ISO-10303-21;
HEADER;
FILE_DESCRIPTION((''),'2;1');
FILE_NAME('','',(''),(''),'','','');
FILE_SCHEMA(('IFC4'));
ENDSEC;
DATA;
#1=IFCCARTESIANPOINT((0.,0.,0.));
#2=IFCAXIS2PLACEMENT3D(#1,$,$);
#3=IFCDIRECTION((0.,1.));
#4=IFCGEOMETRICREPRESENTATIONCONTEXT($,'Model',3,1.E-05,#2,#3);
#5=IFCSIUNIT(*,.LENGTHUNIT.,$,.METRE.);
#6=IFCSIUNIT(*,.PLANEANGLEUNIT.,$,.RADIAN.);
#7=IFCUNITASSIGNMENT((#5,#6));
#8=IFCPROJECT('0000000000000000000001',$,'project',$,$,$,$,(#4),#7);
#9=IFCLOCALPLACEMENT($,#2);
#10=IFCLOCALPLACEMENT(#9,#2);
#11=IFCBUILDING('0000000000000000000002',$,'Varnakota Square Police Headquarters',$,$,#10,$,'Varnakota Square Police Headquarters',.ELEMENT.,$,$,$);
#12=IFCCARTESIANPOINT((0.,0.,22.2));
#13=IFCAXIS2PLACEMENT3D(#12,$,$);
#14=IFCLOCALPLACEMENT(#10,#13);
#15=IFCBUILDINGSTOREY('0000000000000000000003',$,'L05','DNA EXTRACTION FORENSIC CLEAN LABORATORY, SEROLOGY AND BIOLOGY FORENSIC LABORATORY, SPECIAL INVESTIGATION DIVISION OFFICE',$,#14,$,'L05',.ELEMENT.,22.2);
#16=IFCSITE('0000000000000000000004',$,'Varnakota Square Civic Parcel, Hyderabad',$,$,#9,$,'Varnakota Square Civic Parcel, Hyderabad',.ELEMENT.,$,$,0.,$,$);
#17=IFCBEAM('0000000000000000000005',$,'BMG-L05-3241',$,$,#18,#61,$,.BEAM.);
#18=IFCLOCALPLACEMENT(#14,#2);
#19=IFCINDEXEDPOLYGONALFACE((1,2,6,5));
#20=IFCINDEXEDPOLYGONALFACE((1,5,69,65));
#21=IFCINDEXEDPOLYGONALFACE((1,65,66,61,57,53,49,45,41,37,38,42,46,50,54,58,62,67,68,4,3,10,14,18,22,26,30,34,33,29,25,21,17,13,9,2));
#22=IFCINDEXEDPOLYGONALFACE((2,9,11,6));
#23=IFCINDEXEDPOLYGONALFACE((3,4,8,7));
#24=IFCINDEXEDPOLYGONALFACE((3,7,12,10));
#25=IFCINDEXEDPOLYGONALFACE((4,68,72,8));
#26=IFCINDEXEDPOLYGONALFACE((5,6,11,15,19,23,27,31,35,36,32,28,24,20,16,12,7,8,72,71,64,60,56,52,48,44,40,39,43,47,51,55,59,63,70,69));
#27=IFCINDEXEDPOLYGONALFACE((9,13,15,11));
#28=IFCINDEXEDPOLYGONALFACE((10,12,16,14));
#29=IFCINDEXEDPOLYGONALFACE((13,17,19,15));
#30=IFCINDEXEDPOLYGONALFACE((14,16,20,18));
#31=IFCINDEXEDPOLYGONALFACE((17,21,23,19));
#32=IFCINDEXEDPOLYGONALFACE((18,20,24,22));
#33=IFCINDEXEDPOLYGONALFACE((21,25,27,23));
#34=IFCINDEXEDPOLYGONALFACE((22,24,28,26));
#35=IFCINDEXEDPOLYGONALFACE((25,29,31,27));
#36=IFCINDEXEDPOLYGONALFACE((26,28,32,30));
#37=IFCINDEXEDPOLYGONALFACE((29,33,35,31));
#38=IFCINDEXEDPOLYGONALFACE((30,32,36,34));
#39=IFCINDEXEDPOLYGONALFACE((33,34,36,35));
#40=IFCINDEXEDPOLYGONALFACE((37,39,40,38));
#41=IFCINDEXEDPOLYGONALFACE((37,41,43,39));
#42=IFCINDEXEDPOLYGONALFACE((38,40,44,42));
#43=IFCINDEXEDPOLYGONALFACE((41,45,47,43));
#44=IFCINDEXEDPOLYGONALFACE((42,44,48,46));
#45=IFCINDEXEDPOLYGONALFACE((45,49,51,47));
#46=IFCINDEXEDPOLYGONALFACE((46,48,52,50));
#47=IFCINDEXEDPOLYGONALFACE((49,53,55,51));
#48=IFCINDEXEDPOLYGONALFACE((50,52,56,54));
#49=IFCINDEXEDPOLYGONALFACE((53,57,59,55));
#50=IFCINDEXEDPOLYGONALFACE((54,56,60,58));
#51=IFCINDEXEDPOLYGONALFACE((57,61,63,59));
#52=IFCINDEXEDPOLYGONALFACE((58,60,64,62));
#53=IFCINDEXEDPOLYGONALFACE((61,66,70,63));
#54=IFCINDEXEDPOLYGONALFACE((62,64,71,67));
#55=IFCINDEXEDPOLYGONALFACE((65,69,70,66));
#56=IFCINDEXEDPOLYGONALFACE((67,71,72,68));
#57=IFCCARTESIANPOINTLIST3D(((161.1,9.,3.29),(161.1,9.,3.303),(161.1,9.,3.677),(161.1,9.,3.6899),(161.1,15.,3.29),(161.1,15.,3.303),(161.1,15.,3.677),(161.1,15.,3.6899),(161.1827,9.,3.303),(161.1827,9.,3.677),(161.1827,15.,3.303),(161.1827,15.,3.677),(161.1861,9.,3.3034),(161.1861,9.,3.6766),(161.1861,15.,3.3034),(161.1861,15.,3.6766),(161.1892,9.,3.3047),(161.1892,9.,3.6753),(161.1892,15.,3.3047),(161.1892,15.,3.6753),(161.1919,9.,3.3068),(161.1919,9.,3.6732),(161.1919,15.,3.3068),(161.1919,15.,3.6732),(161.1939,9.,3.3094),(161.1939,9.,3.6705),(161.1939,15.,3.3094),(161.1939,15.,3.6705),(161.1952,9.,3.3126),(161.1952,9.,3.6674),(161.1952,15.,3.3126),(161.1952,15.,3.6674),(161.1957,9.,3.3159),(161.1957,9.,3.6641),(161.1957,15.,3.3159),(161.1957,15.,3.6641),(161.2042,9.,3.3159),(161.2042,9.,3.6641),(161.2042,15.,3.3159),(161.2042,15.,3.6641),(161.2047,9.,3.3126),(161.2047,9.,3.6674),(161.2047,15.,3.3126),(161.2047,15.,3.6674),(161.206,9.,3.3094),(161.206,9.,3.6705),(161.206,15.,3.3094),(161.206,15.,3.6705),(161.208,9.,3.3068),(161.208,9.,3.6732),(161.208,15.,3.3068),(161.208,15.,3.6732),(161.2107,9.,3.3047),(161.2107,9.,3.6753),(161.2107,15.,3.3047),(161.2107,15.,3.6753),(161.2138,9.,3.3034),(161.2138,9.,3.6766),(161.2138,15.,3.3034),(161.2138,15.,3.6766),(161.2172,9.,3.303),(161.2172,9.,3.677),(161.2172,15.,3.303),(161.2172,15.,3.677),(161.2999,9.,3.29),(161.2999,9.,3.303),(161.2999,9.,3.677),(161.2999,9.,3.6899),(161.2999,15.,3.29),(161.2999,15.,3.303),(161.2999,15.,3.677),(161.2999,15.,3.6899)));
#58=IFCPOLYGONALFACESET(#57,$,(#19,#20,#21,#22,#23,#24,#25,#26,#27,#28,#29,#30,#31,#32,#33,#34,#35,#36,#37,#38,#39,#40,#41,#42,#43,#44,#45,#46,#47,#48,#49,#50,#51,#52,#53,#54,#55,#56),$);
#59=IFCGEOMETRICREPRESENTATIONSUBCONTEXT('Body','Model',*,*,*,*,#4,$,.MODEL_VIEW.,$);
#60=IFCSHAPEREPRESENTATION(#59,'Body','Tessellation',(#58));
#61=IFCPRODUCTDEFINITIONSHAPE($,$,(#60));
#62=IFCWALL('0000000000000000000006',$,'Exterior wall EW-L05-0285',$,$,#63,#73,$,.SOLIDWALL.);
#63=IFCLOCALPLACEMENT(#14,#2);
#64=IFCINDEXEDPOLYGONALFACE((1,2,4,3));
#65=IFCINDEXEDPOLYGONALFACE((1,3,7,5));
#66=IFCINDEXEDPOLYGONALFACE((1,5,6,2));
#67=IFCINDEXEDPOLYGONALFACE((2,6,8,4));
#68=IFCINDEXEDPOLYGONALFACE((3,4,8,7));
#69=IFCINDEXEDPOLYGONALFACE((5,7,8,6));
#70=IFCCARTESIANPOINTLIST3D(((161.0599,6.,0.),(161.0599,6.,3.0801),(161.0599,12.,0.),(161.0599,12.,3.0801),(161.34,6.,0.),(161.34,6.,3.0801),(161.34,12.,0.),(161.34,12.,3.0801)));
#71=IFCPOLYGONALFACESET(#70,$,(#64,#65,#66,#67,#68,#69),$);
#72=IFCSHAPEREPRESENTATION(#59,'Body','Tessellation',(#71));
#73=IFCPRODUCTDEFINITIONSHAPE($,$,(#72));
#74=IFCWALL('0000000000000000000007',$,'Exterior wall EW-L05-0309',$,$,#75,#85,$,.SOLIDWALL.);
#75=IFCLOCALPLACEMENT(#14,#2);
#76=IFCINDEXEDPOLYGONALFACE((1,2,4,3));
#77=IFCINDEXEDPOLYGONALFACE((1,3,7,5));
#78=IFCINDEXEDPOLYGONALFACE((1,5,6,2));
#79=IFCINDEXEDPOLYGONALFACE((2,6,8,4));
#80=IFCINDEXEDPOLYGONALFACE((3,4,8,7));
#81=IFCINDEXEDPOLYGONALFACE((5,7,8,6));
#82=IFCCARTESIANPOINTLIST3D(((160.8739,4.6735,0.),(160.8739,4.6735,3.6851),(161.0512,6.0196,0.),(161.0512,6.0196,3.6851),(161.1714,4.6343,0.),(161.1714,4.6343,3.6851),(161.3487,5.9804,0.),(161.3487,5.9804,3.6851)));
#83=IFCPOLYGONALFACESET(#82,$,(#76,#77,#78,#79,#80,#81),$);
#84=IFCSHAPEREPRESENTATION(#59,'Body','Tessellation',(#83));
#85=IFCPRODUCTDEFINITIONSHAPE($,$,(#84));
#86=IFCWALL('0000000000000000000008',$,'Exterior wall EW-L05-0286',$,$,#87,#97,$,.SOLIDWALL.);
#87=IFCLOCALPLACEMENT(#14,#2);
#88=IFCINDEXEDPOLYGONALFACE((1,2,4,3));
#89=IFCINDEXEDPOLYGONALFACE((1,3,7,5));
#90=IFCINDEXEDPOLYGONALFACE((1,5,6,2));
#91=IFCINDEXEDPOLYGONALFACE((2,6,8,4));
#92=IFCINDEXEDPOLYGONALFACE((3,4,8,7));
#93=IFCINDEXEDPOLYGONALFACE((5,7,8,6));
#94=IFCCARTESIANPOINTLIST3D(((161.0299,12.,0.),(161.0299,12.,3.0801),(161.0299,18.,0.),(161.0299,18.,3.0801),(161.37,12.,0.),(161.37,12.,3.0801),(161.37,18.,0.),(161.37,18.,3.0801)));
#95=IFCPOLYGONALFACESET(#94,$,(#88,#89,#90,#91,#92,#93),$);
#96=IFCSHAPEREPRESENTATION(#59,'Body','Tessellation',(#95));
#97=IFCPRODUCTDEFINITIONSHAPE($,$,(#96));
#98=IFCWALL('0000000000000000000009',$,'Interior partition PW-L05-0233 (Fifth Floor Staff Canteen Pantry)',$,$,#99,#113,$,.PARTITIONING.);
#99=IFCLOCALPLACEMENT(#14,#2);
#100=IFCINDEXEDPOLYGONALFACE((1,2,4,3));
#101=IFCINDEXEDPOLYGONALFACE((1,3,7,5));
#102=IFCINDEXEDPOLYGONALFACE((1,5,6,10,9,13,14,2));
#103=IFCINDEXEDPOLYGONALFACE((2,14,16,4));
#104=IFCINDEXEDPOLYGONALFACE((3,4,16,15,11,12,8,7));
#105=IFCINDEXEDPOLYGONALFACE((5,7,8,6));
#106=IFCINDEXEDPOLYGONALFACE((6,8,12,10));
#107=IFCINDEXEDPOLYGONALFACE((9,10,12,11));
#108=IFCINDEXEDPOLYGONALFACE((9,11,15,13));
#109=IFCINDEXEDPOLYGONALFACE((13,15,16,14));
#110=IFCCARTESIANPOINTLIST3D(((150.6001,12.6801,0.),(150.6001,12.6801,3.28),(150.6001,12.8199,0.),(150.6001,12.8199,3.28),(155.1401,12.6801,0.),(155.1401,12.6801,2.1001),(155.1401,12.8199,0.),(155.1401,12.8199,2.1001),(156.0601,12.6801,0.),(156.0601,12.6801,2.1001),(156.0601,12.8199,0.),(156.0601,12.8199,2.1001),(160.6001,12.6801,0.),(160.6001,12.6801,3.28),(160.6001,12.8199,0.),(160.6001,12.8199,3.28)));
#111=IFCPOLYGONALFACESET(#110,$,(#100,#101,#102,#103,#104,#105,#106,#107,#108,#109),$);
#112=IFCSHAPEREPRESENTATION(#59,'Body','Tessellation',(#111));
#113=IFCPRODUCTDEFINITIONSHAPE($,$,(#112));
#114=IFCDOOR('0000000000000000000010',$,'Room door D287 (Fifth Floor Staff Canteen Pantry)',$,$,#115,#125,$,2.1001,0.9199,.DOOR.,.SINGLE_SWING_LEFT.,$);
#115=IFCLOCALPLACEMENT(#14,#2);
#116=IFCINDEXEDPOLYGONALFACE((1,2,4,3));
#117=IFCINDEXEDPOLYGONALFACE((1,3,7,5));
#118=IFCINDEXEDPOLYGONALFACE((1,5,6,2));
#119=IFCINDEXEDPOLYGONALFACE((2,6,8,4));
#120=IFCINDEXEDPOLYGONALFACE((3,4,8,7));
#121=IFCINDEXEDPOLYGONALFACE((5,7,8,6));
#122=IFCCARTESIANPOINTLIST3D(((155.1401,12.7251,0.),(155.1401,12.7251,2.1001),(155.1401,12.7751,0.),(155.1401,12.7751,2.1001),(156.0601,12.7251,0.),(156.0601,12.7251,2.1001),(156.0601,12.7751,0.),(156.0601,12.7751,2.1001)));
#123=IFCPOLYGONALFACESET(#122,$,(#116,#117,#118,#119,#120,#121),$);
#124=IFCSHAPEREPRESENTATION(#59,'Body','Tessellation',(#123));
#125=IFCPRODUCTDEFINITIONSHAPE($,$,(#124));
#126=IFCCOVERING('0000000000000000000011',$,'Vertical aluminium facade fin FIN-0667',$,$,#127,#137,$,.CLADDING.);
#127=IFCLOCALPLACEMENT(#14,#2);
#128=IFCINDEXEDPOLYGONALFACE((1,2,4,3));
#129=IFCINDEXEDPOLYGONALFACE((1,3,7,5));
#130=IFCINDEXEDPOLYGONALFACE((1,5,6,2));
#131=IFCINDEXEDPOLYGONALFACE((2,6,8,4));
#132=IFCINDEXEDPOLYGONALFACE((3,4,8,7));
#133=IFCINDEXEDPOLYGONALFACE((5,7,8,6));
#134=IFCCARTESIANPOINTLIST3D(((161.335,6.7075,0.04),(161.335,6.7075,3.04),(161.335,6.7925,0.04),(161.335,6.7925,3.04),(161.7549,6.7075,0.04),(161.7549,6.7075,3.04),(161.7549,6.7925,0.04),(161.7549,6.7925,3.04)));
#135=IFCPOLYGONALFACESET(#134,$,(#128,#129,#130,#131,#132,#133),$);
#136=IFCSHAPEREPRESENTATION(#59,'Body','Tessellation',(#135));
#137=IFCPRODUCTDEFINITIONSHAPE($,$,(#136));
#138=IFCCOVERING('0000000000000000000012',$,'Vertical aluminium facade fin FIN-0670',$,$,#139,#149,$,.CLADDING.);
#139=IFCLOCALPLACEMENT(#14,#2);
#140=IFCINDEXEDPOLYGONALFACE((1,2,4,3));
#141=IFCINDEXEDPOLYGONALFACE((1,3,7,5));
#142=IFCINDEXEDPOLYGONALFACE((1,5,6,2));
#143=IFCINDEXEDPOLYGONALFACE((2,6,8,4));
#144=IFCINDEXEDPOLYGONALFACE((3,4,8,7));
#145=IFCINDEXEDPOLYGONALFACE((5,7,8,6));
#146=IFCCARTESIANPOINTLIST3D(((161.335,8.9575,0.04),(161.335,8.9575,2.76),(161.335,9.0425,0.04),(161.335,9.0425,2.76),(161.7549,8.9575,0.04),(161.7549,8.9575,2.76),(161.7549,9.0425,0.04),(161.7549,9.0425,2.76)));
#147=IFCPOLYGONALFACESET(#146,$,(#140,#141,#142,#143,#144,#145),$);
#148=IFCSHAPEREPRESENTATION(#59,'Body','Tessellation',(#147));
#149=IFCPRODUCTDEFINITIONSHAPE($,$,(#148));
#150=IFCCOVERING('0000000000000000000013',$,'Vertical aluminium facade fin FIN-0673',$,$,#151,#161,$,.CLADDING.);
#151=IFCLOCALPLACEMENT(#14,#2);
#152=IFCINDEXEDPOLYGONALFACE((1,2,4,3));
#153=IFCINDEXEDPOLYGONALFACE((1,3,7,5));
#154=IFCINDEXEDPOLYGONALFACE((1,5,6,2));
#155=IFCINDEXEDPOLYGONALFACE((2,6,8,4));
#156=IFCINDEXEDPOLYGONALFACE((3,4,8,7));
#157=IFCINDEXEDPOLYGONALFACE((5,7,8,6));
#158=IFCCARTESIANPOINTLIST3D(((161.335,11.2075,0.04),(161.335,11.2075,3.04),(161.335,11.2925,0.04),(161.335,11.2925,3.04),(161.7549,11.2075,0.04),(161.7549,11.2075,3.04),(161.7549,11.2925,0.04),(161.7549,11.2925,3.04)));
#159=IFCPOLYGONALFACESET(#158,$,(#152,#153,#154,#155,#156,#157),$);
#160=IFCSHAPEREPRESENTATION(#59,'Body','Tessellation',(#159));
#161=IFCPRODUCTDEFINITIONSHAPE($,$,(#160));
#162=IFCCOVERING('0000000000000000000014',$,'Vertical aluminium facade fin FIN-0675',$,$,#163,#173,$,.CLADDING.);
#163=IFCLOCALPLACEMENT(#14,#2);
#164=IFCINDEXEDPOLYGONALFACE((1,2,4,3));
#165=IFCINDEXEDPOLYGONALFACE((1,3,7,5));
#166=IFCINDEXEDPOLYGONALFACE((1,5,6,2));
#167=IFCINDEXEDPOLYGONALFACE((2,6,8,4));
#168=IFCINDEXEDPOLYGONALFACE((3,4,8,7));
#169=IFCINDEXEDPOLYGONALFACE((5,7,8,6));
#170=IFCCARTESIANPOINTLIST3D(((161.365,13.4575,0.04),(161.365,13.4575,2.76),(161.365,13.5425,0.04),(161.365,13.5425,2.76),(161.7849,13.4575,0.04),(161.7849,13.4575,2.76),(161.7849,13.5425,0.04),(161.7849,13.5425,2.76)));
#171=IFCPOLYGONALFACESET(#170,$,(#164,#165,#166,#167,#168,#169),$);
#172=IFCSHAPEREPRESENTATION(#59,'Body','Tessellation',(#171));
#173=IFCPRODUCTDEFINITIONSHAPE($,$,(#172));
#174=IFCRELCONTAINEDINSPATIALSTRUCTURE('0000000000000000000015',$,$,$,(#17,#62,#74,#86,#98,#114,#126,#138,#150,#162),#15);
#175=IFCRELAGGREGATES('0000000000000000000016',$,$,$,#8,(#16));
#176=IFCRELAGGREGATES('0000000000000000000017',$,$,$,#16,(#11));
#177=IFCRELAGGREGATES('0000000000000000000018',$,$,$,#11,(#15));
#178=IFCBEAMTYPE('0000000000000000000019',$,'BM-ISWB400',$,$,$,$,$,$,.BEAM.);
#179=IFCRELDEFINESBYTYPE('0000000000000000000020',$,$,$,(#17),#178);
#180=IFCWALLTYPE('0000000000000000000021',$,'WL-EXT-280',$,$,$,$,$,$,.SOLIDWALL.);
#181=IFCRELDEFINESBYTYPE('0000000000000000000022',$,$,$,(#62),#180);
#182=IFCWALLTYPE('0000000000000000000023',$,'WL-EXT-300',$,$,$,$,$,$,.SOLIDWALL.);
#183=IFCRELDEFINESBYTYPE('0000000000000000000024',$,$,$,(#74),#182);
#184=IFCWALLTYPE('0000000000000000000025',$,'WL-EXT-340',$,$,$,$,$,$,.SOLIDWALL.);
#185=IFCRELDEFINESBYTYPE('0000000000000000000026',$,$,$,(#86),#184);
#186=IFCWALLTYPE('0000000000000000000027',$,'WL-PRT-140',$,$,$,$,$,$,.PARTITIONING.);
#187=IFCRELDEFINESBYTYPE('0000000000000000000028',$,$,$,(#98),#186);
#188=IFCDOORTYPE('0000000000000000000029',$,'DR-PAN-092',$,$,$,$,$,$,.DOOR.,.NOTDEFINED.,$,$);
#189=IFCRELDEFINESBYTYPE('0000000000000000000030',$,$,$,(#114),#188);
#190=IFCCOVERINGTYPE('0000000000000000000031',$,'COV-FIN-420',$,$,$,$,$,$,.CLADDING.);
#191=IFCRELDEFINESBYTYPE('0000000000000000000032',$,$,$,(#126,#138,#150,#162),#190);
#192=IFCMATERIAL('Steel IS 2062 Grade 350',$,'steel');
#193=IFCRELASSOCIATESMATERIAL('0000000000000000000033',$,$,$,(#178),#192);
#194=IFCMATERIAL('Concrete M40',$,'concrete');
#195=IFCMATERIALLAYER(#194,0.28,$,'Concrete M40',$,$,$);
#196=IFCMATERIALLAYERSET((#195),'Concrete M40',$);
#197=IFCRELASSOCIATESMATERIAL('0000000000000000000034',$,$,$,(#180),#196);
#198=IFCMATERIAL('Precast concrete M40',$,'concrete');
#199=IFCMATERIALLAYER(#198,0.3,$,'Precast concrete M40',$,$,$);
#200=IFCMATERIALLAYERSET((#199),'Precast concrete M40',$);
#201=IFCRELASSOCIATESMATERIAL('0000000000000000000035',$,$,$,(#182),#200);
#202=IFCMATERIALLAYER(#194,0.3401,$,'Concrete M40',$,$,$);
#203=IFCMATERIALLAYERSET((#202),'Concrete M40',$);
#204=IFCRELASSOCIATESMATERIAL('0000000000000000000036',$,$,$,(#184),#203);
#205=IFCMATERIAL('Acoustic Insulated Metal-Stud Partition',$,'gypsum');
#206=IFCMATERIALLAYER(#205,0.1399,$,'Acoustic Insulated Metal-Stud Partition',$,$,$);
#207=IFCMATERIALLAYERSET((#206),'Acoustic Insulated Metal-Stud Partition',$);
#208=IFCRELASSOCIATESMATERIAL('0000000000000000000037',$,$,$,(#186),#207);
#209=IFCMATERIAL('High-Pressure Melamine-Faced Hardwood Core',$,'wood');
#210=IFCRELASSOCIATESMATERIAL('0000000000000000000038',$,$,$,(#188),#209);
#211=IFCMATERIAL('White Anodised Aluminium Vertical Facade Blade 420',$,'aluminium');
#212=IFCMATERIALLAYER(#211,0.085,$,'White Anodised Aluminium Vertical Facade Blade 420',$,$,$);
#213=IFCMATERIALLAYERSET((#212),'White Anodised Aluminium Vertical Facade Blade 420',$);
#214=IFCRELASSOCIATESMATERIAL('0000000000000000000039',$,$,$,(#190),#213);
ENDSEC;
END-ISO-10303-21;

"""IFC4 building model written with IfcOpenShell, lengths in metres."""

from ifc_helpers import new_model, si_unit, direction, frame, frame_2d, origin, origin_2d, place, context, subcontext, project, spatial, rectangle, i_section, extrude, material, layer, layer_set, material_profile, profile_set, type_object, element, fill, save


model = new_model("IFC4")

# Units and contexts
model_context = context("Model", 3, precision=1e-05, world=origin(), true_north=direction((0.0, 1.0)))
body_context = subcontext(model_context, "Body", "Model", "MODEL_VIEW")
ifc_project = project(units=[si_unit("LENGTHUNIT", "METRE"), si_unit("PLANEANGLEUNIT", "RADIAN")], contexts=[model_context])

# Site, building, storey
site_placement = place(None, origin())
site = spatial("IfcSite", under=ifc_project, at=site_placement, Name="Varnakota Square Civic Parcel, Hyderabad", LongName="Varnakota Square Civic Parcel, Hyderabad", CompositionType="ELEMENT", RefElevation=0.0)
building_placement = place(site_placement, origin())
building = spatial("IfcBuilding", under=site, at=building_placement, Name="Varnakota Square Police Headquarters", LongName="Varnakota Square Police Headquarters", CompositionType="ELEMENT")
storey_placement = place(building_placement, frame((0.0, 0.0, 22.2)))
storey = spatial("IfcBuildingStorey", under=building, at=storey_placement, Name="L05", Description="DNA EXTRACTION FORENSIC CLEAN LABORATORY, SEROLOGY AND BIOLOGY FORENSIC LABORATORY, SPECIAL INVESTIGATION DIVISION OFFICE", LongName="L05", CompositionType="ELEMENT", Elevation=22.2)

# Shared definitions
ifc_material_1 = material(Name="Steel IS 2062 Grade 350", Category="steel")

# Beam
ifc_material_profile_1 = material_profile(ifc_material_1, i_section(OverallWidth=0.2, OverallDepth=0.3999, WebThickness=0.0085, FlangeThickness=0.0129, FilletRadius=0.0129, at=origin_2d()), Name="ISWB 400")
ifc_profile_set_1 = profile_set([ifc_material_profile_1], Name="Steel IS 2062 Grade 350")
beam_type_1 = type_object("IfcBeamType", Name="BM-ISWB400", PredefinedType="BEAM", material=ifc_profile_set_1)
for number, where, z_axis, x_axis, name in (
    (1, (161.2, 9.0, 3.49), (0.0, 1.0, 0.0), (-1.0, 0.0, 0.0), "BMG-L05-3241"),
):
    element("IfcBeam", number, at=place(storey_placement, frame(where, z_axis=z_axis, x_axis=x_axis)), inside=storey, type_object=beam_type_1, Name=name, PredefinedType="BEAM", context=body_context, shape_type="SweptSolid", body=[
        extrude(i_section(OverallWidth=0.2, OverallDepth=0.3999, WebThickness=0.0085, FlangeThickness=0.0129, FilletRadius=0.0129, at=origin_2d()), origin(), (0.0, 0.0, 1.0), 6.0),
    ])

# Walls
ifc_material_2 = material(Name="Concrete M40", Category="concrete")
ifc_layer_1 = layer(ifc_material_2, 0.28, Name="Concrete M40")
ifc_layer_set_1 = layer_set([ifc_layer_1], Name="Concrete M40")
wall_type_1 = type_object("IfcWallType", Name="WL-EXT-280", PredefinedType="SOLIDWALL", material=ifc_layer_set_1)
wall_1_placement = place(storey_placement, frame((161.2, 6.0, 0.0), z_axis=(0.0, 0.0, 1.0), x_axis=(0.0, 1.0, 0.0)))
element("IfcWall", 2, at=wall_1_placement, inside=storey, type_object=wall_type_1, Name="Exterior wall EW-L05-0285", PredefinedType="SOLIDWALL", context=body_context, shape_type="SweptSolid", body=[
    extrude(rectangle(XDim=6.0, YDim=0.28, at=frame_2d((3.0, 0.0))), origin(), (0.0, 0.0, 1.0), 3.0801),
])
ifc_material_3 = material(Name="Precast concrete M40", Category="concrete")
ifc_layer_2 = layer(ifc_material_3, 0.3, Name="Precast concrete M40")
ifc_layer_set_2 = layer_set([ifc_layer_2], Name="Precast concrete M40")
wall_type_2 = type_object("IfcWallType", Name="WL-EXT-300", PredefinedType="SOLIDWALL", material=ifc_layer_set_2)
wall_2_placement = place(storey_placement, frame((161.0227, 4.6541, 0.0), z_axis=(0.0, 0.0, 1.0), x_axis=(0.130562, 0.99144, 0.0)))
element("IfcWall", 3, at=wall_2_placement, inside=storey, type_object=wall_type_2, Name="Exterior wall EW-L05-0309", PredefinedType="SOLIDWALL", context=body_context, shape_type="SweptSolid", body=[
    extrude(rectangle(XDim=1.3577, YDim=0.3, at=frame_2d((0.6787, 0.0))), origin(), (0.0, 0.0, 1.0), 3.6851),
])
ifc_layer_3 = layer(ifc_material_2, 0.3401, Name="Concrete M40")
ifc_layer_set_3 = layer_set([ifc_layer_3], Name="Concrete M40")
wall_type_3 = type_object("IfcWallType", Name="WL-EXT-340", PredefinedType="SOLIDWALL", material=ifc_layer_set_3)
wall_3_placement = place(storey_placement, frame((161.2, 12.0, 0.0), z_axis=(0.0, 0.0, 1.0), x_axis=(0.0, 1.0, 0.0)))
element("IfcWall", 4, at=wall_3_placement, inside=storey, type_object=wall_type_3, Name="Exterior wall EW-L05-0286", PredefinedType="SOLIDWALL", context=body_context, shape_type="SweptSolid", body=[
    extrude(rectangle(XDim=6.0, YDim=0.3401, at=frame_2d((3.0, 0.0))), origin(), (0.0, 0.0, 1.0), 3.0801),
])

# Wall, opening, door
ifc_material_4 = material(Name="Acoustic Insulated Metal-Stud Partition", Category="gypsum")
ifc_layer_4 = layer(ifc_material_4, 0.1399, Name="Acoustic Insulated Metal-Stud Partition")
ifc_layer_set_4 = layer_set([ifc_layer_4], Name="Acoustic Insulated Metal-Stud Partition")
wall_type_4 = type_object("IfcWallType", Name="WL-PRT-140", PredefinedType="PARTITIONING", material=ifc_layer_set_4)
wall_4_placement = place(storey_placement, frame((160.6001, 12.75, 0.0), z_axis=(0.0, 0.0, 1.0), x_axis=(-1.0, 0.0, 0.0)))
wall_4 = element("IfcWall", 5, at=wall_4_placement, inside=storey, type_object=wall_type_4, Name="Interior partition PW-L05-0233 (Fifth Floor Staff Canteen Pantry)", PredefinedType="PARTITIONING", context=body_context, shape_type="SweptSolid", body=[
    extrude(rectangle(XDim=10.0, YDim=0.1399, at=frame_2d((5.0, 0.0))), origin(), (0.0, 0.0, 1.0), 3.28),
])
opening_placement = place(wall_4_placement, frame((4.54, 0.0, 0.0)))
opening = element("IfcOpeningElement", 6, at=opening_placement, cuts=wall_4, PredefinedType="OPENING", context=body_context, shape_type="SweptSolid", body=[
    extrude(rectangle(XDim=0.9199, YDim=2.1001, at=frame_2d((0.46, 1.05))), frame((0.0, 0.0798, 0.0), z_axis=(0.0, -1.0, 0.0), x_axis=(1.0, 0.0, 0.0)), (0.0, 0.0, 1.0), 0.1599),
])
ifc_material_5 = material(Name="High-Pressure Melamine-Faced Hardwood Core", Category="wood")
door_type = type_object("IfcDoorType", Name="DR-PAN-092", OperationType="NOTDEFINED", PredefinedType="DOOR", material=ifc_material_5)
door_placement = place(opening_placement, origin())
door = element("IfcDoor", 7, at=door_placement, inside=storey, type_object=door_type, Name="Room door D287 (Fifth Floor Staff Canteen Pantry)", OperationType="SINGLE_SWING_LEFT", OverallHeight=2.1001, OverallWidth=0.9199, PredefinedType="DOOR", context=body_context, shape_type="SweptSolid", body=[
    extrude(rectangle(XDim=0.9199, YDim=2.1001, at=frame_2d((0.46, 1.05))), frame((0.0, 0.0249, 0.0), z_axis=(0.0, -1.0, 0.0), x_axis=(1.0, 0.0, 0.0)), (0.0, 0.0, 1.0), 0.05),
])
fill(opening, door)

# Coverings
ifc_material_6 = material(Name="White Anodised Aluminium Vertical Facade Blade 420", Category="aluminium")
ifc_layer_5 = layer(ifc_material_6, 0.085, Name="White Anodised Aluminium Vertical Facade Blade 420")
ifc_layer_set_5 = layer_set([ifc_layer_5], Name="White Anodised Aluminium Vertical Facade Blade 420")
covering_type_1 = type_object("IfcCoveringType", Name="COV-FIN-420", PredefinedType="CLADDING", material=ifc_layer_set_5)
covering_1_placement = place(storey_placement, frame((161.5449, 6.75, 0.04), z_axis=(0.0, 0.0, 1.0), x_axis=(0.0, 1.0, 0.0)))
element("IfcCovering", 8, at=covering_1_placement, inside=storey, type_object=covering_type_1, Name="Vertical aluminium facade fin FIN-0667", PredefinedType="CLADDING", context=body_context, shape_type="SweptSolid", body=[
    extrude(rectangle(XDim=0.085, YDim=0.4199, at=origin_2d()), origin(), (0.0, 0.0, 1.0), 3.0),
])
covering_2_placement = place(storey_placement, frame((161.5449, 9.0, 0.04), z_axis=(0.0, 0.0, 1.0), x_axis=(0.0, 1.0, 0.0)))
element("IfcCovering", 9, at=covering_2_placement, inside=storey, type_object=covering_type_1, Name="Vertical aluminium facade fin FIN-0670", PredefinedType="CLADDING", context=body_context, shape_type="SweptSolid", body=[
    extrude(rectangle(XDim=0.085, YDim=0.4199, at=origin_2d()), origin(), (0.0, 0.0, 1.0), 2.72),
])
covering_3_placement = place(storey_placement, frame((161.5449, 11.25, 0.04), z_axis=(0.0, 0.0, 1.0), x_axis=(0.0, 1.0, 0.0)))
element("IfcCovering", 10, at=covering_3_placement, inside=storey, type_object=covering_type_1, Name="Vertical aluminium facade fin FIN-0673", PredefinedType="CLADDING", context=body_context, shape_type="SweptSolid", body=[
    extrude(rectangle(XDim=0.085, YDim=0.4199, at=origin_2d()), origin(), (0.0, 0.0, 1.0), 3.0),
])
covering_4_placement = place(storey_placement, frame((161.575, 13.5, 0.04), z_axis=(0.0, 0.0, 1.0), x_axis=(0.0, 1.0, 0.0)))
element("IfcCovering", 11, at=covering_4_placement, inside=storey, type_object=covering_type_1, Name="Vertical aluminium facade fin FIN-0675", PredefinedType="CLADDING", context=body_context, shape_type="SweptSolid", body=[
    extrude(rectangle(XDim=0.085, YDim=0.4199, at=origin_2d()), origin(), (0.0, 0.0, 1.0), 2.72),
])

save(model, "model.ifc")
